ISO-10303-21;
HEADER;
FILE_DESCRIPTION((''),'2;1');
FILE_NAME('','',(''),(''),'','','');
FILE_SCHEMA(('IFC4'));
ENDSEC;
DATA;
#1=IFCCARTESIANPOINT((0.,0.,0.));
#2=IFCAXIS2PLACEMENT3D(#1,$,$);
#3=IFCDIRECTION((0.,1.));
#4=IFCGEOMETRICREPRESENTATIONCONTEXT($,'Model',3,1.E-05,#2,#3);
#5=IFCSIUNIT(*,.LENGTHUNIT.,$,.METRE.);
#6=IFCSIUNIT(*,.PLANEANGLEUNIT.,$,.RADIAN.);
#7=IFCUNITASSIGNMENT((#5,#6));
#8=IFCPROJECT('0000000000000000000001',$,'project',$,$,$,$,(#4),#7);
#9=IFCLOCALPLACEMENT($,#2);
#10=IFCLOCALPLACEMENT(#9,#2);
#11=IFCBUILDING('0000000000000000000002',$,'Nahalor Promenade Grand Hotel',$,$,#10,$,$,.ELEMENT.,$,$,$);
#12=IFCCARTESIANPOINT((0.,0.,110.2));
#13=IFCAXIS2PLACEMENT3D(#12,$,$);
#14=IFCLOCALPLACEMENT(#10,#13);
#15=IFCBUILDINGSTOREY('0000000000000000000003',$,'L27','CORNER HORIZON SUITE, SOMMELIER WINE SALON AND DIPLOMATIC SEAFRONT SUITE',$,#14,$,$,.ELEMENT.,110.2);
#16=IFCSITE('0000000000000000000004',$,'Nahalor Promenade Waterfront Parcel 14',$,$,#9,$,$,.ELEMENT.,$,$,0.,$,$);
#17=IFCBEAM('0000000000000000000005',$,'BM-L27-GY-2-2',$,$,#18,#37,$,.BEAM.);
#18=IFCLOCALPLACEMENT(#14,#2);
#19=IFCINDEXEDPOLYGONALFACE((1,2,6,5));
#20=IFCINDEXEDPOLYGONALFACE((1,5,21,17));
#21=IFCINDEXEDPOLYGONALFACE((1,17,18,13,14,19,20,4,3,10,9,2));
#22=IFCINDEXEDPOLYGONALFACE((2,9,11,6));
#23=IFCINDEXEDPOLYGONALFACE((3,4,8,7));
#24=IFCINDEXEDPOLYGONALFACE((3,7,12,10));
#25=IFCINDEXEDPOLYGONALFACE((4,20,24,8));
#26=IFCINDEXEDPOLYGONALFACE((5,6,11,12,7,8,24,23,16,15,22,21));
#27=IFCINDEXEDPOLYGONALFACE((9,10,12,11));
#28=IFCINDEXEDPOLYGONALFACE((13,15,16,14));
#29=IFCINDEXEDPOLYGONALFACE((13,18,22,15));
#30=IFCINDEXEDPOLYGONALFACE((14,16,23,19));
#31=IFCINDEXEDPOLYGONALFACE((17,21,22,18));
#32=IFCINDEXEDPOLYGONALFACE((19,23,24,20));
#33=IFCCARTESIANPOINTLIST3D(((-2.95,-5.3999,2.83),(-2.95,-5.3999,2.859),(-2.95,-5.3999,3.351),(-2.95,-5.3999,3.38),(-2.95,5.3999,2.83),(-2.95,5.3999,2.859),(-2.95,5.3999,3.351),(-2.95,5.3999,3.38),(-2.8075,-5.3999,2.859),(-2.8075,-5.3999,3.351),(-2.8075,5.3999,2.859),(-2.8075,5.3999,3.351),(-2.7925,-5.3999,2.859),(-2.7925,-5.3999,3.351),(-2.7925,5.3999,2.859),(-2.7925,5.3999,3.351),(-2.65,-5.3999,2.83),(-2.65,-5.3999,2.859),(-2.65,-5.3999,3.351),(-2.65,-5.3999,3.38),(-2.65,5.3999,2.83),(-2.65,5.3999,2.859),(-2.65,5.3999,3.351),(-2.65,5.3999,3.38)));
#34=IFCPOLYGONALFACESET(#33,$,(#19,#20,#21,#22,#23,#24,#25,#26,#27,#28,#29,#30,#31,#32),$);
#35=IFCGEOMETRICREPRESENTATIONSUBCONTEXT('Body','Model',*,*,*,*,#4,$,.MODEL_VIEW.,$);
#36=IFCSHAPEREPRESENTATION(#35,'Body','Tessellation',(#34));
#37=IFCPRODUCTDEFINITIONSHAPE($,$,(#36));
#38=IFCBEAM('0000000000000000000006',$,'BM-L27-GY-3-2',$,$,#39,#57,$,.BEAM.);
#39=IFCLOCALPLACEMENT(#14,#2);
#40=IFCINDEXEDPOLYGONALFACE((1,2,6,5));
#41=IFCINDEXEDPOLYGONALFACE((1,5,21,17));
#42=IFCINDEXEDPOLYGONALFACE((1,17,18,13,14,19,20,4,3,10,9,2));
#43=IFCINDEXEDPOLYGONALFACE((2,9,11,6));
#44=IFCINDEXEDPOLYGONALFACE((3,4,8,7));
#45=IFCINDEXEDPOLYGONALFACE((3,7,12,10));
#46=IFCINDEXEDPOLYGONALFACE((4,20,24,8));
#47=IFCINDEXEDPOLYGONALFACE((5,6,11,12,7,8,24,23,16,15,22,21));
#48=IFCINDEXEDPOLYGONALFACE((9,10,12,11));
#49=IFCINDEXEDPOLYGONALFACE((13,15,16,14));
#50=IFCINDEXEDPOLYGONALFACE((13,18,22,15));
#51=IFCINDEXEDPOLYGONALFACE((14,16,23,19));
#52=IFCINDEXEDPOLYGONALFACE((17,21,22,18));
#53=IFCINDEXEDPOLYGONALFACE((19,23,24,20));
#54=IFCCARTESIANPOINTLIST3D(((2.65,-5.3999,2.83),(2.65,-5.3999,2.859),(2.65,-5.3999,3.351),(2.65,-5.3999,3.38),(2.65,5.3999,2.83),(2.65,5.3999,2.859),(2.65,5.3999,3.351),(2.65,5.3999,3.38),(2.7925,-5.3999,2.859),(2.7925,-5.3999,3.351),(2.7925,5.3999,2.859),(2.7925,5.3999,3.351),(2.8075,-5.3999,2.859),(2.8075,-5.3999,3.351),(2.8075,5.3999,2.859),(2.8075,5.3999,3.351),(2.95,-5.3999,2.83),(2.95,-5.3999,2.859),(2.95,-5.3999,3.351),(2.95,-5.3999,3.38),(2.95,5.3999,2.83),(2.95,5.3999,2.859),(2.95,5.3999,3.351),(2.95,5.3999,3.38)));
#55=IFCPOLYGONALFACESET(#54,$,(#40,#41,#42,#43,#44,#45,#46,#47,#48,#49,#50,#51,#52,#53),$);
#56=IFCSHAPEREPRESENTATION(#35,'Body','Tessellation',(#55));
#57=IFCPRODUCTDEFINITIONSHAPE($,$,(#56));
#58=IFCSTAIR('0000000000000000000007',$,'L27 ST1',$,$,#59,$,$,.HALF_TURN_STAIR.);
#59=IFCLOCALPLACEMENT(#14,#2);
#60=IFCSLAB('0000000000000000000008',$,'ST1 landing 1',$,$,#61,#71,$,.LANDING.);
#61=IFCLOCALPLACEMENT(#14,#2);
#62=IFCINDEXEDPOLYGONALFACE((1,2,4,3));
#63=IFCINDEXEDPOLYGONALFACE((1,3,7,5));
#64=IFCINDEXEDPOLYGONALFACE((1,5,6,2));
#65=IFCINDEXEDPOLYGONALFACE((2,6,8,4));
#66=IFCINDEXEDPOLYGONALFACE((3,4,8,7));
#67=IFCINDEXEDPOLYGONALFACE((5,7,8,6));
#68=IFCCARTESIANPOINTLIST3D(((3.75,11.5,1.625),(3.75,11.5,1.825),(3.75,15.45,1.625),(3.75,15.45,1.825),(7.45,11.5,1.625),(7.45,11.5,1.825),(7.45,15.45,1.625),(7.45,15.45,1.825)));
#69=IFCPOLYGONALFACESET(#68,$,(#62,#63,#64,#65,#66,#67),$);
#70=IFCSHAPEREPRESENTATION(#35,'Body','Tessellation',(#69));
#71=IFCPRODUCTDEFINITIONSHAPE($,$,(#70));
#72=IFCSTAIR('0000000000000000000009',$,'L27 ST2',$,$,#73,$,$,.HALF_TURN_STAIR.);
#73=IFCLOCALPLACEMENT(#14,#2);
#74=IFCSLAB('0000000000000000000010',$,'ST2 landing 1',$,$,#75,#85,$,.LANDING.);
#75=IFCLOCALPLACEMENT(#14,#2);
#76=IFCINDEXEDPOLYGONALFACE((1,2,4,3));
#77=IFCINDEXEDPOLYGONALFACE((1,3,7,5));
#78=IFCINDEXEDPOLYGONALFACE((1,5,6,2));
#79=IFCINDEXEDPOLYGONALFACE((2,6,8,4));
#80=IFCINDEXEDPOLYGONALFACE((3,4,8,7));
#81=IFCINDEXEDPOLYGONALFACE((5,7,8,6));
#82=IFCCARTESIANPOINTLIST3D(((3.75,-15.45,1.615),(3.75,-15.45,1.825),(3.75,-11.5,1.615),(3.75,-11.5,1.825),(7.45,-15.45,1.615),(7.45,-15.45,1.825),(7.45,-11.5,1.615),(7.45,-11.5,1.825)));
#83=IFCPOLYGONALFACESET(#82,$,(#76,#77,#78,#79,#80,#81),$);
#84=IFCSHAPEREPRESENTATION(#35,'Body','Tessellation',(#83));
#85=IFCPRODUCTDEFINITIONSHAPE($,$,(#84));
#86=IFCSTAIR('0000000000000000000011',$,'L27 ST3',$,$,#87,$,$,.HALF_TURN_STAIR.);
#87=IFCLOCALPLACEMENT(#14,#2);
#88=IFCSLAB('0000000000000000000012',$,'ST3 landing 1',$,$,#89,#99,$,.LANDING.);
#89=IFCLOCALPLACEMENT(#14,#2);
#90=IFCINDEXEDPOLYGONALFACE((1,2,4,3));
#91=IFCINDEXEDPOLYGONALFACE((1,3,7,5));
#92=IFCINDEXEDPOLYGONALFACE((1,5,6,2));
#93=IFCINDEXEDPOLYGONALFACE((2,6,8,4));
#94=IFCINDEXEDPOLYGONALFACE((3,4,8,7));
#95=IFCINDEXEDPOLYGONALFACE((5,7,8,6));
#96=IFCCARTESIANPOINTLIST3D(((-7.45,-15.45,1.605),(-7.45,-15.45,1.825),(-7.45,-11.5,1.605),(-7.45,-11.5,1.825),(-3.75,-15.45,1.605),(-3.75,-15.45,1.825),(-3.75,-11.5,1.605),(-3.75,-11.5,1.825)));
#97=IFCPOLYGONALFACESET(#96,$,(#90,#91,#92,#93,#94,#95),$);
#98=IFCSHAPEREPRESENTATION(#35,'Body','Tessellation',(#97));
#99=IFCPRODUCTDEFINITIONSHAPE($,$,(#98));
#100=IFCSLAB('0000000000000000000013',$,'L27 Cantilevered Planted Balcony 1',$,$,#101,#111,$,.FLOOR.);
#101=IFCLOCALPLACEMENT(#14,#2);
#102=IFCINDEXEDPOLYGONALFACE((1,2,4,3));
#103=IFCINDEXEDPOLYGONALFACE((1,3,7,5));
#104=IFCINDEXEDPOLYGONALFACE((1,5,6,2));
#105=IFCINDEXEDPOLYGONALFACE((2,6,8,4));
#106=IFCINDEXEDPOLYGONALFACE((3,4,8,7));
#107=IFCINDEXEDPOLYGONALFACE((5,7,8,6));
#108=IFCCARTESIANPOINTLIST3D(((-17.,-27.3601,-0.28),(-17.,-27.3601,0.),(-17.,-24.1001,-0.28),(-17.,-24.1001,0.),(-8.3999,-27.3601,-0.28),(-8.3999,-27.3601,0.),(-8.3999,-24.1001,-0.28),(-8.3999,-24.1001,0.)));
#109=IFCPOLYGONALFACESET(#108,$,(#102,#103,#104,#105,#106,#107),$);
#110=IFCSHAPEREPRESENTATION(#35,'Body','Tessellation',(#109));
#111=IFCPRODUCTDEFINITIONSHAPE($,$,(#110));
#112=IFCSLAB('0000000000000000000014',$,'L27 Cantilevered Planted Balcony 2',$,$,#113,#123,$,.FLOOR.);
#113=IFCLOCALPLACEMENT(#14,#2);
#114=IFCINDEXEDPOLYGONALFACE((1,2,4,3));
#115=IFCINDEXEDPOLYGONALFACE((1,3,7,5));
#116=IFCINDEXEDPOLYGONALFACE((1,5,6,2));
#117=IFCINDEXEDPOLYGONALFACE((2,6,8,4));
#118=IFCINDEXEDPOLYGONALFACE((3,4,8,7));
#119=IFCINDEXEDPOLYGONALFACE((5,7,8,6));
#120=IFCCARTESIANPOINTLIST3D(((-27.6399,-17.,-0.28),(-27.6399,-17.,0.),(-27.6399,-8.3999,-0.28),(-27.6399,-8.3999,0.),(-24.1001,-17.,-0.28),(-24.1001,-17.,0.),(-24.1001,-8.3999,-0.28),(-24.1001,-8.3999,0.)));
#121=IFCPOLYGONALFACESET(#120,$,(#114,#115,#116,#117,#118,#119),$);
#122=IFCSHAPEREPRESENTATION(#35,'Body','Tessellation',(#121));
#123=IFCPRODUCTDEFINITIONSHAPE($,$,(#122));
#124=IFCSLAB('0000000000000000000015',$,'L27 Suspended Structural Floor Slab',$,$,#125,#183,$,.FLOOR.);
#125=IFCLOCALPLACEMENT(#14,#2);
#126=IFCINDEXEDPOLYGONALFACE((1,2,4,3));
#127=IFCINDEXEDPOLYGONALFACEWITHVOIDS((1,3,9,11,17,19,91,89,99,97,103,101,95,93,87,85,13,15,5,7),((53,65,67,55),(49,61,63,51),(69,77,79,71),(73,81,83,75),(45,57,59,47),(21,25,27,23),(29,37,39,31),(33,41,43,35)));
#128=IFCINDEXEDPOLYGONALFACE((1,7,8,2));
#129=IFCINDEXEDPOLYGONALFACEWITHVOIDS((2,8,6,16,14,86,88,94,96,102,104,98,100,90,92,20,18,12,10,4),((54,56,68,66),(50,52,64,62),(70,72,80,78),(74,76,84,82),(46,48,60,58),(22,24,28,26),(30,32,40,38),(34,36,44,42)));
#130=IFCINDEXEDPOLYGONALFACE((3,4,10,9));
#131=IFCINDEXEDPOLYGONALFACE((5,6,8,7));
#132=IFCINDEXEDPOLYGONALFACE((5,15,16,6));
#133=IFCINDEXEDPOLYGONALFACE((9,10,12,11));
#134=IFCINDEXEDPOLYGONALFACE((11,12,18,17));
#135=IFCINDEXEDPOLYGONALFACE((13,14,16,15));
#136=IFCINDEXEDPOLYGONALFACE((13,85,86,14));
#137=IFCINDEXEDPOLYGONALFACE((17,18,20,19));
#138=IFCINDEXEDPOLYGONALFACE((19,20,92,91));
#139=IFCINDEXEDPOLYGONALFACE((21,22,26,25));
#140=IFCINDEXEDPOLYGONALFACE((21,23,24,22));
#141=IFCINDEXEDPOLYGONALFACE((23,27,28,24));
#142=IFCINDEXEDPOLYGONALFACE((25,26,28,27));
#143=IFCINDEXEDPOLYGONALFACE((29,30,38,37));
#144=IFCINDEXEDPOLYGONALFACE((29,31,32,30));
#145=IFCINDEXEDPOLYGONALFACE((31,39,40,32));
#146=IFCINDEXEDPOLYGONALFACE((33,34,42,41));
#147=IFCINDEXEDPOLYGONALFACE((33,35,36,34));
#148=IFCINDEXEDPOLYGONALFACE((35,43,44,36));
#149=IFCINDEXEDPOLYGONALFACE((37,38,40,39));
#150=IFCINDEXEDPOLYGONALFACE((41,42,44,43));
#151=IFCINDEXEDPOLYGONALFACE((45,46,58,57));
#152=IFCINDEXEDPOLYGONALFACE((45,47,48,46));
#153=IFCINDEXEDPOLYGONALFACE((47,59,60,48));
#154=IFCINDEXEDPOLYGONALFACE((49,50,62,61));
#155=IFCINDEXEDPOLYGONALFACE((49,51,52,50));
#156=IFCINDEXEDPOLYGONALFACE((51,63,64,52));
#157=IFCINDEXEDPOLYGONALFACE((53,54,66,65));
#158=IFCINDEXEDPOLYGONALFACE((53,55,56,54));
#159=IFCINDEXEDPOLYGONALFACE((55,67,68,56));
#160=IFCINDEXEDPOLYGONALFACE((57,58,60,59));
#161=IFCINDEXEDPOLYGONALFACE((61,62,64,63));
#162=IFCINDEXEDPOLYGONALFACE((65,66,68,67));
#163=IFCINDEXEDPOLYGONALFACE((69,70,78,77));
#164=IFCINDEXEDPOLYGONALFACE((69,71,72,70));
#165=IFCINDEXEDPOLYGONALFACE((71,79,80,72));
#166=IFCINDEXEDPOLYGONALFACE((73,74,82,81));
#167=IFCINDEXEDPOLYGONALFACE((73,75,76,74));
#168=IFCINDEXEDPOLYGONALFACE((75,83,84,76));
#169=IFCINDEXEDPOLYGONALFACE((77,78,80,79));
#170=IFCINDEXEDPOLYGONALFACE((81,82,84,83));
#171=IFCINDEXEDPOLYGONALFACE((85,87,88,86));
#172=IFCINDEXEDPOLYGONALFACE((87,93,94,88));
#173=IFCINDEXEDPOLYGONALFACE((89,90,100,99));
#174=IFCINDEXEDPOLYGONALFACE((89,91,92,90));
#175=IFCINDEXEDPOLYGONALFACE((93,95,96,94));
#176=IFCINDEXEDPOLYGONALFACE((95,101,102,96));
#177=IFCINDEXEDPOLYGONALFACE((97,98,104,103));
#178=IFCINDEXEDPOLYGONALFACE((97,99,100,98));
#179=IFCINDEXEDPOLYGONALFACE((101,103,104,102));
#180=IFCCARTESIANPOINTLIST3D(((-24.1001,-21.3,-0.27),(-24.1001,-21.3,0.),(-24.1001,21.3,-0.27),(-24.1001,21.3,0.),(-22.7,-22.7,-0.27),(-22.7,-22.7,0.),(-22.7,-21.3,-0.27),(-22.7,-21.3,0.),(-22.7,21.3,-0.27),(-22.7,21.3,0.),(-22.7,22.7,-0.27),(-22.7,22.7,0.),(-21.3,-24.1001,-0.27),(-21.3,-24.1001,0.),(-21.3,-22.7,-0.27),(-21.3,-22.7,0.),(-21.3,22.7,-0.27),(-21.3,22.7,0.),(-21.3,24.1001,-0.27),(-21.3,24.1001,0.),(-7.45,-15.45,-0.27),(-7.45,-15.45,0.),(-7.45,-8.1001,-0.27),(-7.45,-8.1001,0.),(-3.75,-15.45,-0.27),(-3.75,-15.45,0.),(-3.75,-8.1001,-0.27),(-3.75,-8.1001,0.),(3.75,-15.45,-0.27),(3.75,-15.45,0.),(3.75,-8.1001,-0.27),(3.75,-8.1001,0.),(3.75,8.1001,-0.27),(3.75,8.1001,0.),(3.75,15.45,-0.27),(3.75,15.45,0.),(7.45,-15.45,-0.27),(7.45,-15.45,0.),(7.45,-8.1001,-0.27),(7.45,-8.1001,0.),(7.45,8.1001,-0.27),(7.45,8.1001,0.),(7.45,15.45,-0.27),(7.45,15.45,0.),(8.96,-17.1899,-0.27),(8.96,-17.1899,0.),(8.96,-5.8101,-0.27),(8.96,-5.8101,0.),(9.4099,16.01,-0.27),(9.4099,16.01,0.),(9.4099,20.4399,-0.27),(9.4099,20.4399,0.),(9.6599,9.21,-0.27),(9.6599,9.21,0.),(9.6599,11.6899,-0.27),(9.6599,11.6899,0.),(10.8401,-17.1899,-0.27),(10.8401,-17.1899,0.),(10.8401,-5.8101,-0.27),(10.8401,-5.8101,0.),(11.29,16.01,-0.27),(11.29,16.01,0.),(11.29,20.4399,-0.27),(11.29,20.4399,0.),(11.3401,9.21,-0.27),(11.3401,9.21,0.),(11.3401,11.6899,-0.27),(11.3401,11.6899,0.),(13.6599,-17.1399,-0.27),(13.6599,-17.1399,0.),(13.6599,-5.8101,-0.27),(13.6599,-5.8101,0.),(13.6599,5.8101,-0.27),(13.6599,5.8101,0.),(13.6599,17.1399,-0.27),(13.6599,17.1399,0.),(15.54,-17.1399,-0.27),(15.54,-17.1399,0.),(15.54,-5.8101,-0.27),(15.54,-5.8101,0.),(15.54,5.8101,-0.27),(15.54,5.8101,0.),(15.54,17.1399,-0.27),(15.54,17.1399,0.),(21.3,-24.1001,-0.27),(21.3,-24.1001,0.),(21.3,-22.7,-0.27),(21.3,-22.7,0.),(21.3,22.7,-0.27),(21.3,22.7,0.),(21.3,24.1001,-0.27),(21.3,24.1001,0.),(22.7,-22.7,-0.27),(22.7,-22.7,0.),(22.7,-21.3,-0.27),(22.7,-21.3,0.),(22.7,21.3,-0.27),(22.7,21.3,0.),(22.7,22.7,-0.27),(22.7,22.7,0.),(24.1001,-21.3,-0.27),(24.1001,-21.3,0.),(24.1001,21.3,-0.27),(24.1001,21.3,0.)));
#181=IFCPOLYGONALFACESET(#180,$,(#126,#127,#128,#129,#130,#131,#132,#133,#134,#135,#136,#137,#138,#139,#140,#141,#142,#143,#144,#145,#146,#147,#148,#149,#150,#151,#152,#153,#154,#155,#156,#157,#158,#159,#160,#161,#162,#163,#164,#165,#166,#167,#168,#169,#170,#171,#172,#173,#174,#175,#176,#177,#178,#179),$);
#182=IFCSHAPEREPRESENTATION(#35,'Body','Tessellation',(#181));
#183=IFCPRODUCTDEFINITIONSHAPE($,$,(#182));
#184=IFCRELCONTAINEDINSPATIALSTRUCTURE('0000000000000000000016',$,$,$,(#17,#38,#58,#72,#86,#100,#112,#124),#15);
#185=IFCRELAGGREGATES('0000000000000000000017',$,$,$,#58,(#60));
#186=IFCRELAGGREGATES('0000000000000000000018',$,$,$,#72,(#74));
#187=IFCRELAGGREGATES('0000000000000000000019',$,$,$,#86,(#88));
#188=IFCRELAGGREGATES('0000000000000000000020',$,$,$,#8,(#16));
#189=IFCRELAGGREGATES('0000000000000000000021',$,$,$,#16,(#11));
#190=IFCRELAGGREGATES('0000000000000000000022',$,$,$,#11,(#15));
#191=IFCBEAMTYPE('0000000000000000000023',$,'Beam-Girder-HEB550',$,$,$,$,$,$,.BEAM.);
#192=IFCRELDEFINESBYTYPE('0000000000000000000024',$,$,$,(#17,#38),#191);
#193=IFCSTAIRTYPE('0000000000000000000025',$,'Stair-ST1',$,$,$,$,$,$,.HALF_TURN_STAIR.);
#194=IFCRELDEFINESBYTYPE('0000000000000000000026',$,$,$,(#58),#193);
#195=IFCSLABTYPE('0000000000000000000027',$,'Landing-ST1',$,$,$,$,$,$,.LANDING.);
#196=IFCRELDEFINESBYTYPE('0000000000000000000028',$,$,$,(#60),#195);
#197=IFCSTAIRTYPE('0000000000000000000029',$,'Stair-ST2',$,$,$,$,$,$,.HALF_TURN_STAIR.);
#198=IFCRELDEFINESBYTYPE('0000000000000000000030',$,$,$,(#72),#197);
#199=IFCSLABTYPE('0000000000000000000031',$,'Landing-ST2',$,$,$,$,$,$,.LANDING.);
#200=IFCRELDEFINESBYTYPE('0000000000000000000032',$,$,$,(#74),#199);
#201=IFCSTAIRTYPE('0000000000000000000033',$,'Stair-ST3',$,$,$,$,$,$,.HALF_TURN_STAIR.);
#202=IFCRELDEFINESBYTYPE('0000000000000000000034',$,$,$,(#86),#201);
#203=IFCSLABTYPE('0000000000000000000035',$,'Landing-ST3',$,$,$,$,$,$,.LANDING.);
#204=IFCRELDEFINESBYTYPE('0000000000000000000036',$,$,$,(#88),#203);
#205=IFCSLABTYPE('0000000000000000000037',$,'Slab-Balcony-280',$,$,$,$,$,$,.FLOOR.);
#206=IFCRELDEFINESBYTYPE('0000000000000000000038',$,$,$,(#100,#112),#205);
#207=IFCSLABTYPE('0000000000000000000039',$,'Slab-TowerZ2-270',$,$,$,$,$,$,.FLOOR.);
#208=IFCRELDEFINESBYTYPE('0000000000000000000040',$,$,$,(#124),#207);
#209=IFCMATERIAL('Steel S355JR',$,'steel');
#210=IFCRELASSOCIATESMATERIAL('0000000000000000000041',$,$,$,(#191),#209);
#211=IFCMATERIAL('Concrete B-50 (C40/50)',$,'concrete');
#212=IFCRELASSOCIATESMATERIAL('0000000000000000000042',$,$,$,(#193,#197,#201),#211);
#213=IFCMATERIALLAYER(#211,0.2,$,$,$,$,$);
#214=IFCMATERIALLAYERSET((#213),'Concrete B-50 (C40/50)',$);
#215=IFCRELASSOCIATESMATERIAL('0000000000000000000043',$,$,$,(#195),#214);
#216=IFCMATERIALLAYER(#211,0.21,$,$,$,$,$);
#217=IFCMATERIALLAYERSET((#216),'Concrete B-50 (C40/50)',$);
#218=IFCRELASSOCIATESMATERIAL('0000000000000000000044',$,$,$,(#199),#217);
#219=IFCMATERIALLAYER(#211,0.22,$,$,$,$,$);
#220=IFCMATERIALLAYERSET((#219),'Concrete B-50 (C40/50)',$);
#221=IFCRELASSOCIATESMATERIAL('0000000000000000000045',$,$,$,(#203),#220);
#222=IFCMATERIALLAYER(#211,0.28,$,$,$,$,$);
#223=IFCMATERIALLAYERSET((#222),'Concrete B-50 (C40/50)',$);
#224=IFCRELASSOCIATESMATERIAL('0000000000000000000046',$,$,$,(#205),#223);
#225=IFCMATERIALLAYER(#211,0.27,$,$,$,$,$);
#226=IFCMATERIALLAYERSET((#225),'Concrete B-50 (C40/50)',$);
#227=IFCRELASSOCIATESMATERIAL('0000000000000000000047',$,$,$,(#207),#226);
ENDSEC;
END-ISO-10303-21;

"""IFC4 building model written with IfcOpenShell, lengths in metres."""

from ifc_helpers import new_model, si_unit, direction, frame, origin, origin_2d, place, context, subcontext, project, spatial, polyline, i_section, outline, extrude, source, transform, mapped, material, layer, layer_set, material_profile, profile_set, type_object, element, aggregate, save


model = new_model("IFC4")

# Units and contexts
model_context = context("Model", 3, precision=1e-05, world=origin(), true_north=direction((0.0, 1.0)))
body_context = subcontext(model_context, "Body", "Model", "MODEL_VIEW")
ifc_project = project(units=[si_unit("LENGTHUNIT", "METRE"), si_unit("PLANEANGLEUNIT", "RADIAN")], contexts=[model_context])

# Site, building, storey
site_placement = place(None, origin())
site = spatial("IfcSite", under=ifc_project, at=site_placement, Name="Nahalor Promenade Waterfront Parcel 14", CompositionType="ELEMENT", RefElevation=0.0)
building_placement = place(site_placement, origin())
building = spatial("IfcBuilding", under=site, at=building_placement, Name="Nahalor Promenade Grand Hotel", CompositionType="ELEMENT")
storey_placement = place(building_placement, frame((0.0, 0.0, 110.2)))
storey = spatial("IfcBuildingStorey", under=building, at=storey_placement, Name="L27", Description="CORNER HORIZON SUITE, SOMMELIER WINE SALON AND DIPLOMATIC SEAFRONT SUITE", CompositionType="ELEMENT", Elevation=110.2)

# Beams
ifc_material_1 = material(Name="Steel S355JR", Category="steel")
ifc_material_profile_1 = material_profile(ifc_material_1, i_section(OverallWidth=0.3, OverallDepth=0.55, WebThickness=0.015, FlangeThickness=0.029, at=origin_2d()), Name="HEB 550")
ifc_profile_set_1 = profile_set([ifc_material_profile_1], Name="Steel S355JR")
beam_type = type_object("IfcBeamType", Name="Beam-Girder-HEB550", PredefinedType="BEAM", material=ifc_profile_set_1)
shared_shape_1 = source(origin(), body_context, "Body", "SweptSolid", [
    extrude(i_section(OverallWidth=0.3, OverallDepth=0.55, WebThickness=0.015, FlangeThickness=0.029, at=origin_2d()), origin(), (0.0, 0.0, 1.0), 10.7998),
])
for number, where, z_axis, x_axis, name in (
    (1, (-2.8, -5.3999, 3.105), (0.0, 1.0, 0.0), (-1.0, 0.0, 0.0), "BM-L27-GY-2-2"),
    (2, (2.8, -5.3999, 3.105), (0.0, 1.0, 0.0), (-1.0, 0.0, 0.0), "BM-L27-GY-3-2"),
):
    element("IfcBeam", number, at=place(storey_placement, frame(where, z_axis=z_axis, x_axis=x_axis)), inside=storey, type_object=beam_type, Name=name, PredefinedType="BEAM", context=body_context, shape_type="MappedRepresentation", body=[
        mapped(shared_shape_1, transform((0.0, 0.0, 0.0), scale=1.0)),
    ])

# Stairs, slabs
ifc_material_2 = material(Name="Concrete B-50 (C40/50)", Category="concrete")
stair_type_1 = type_object("IfcStairType", Name="Stair-ST1", PredefinedType="HALF_TURN_STAIR", material=ifc_material_2)
stair_1_placement = place(storey_placement, origin())
stair_1 = element("IfcStair", 3, at=stair_1_placement, inside=storey, type_object=stair_type_1, Name="L27 ST1", PredefinedType="HALF_TURN_STAIR")
ifc_layer_1 = layer(ifc_material_2, 0.2)
ifc_layer_set_1 = layer_set([ifc_layer_1], Name="Concrete B-50 (C40/50)")
slab_type_1 = type_object("IfcSlabType", Name="Landing-ST1", PredefinedType="LANDING", material=ifc_layer_set_1)
slab_1_placement = place(storey_placement, frame((0.0, 0.0, 1.625)))
slab_1 = element("IfcSlab", 4, at=slab_1_placement, type_object=slab_type_1, Name="ST1 landing 1", PredefinedType="LANDING", context=body_context, shape_type="SweptSolid", body=[
    extrude(outline(polyline([(7.45, 11.5), (7.45, 15.45), (3.75, 15.45), (3.75, 11.5), (7.45, 11.5)])), origin(), (0.0, 0.0, 1.0), 0.2),
])
aggregate(stair_1, [slab_1])
stair_type_2 = type_object("IfcStairType", Name="Stair-ST2", PredefinedType="HALF_TURN_STAIR", material=ifc_material_2)
stair_2_placement = place(storey_placement, origin())
stair_2 = element("IfcStair", 5, at=stair_2_placement, inside=storey, type_object=stair_type_2, Name="L27 ST2", PredefinedType="HALF_TURN_STAIR")
ifc_layer_2 = layer(ifc_material_2, 0.21)
ifc_layer_set_2 = layer_set([ifc_layer_2], Name="Concrete B-50 (C40/50)")
slab_type_2 = type_object("IfcSlabType", Name="Landing-ST2", PredefinedType="LANDING", material=ifc_layer_set_2)
slab_2_placement = place(storey_placement, frame((0.0, 0.0, 1.615)))
slab_2 = element("IfcSlab", 6, at=slab_2_placement, type_object=slab_type_2, Name="ST2 landing 1", PredefinedType="LANDING", context=body_context, shape_type="SweptSolid", body=[
    extrude(outline(polyline([(3.75, -11.5), (3.75, -15.45), (7.45, -15.45), (7.45, -11.5), (3.75, -11.5)])), origin(), (0.0, 0.0, 1.0), 0.21),
])
aggregate(stair_2, [slab_2])
stair_type_3 = type_object("IfcStairType", Name="Stair-ST3", PredefinedType="HALF_TURN_STAIR", material=ifc_material_2)
stair_3_placement = place(storey_placement, origin())
stair_3 = element("IfcStair", 7, at=stair_3_placement, inside=storey, type_object=stair_type_3, Name="L27 ST3", PredefinedType="HALF_TURN_STAIR")
ifc_layer_3 = layer(ifc_material_2, 0.22)
ifc_layer_set_3 = layer_set([ifc_layer_3], Name="Concrete B-50 (C40/50)")
slab_type_3 = type_object("IfcSlabType", Name="Landing-ST3", PredefinedType="LANDING", material=ifc_layer_set_3)
slab_3_placement = place(storey_placement, frame((0.0, 0.0, 1.605)))
slab_3 = element("IfcSlab", 8, at=slab_3_placement, type_object=slab_type_3, Name="ST3 landing 1", PredefinedType="LANDING", context=body_context, shape_type="SweptSolid", body=[
    extrude(outline(polyline([(-7.45, -11.5), (-7.45, -15.45), (-3.75, -15.45), (-3.75, -11.5), (-7.45, -11.5)])), origin(), (0.0, 0.0, 1.0), 0.22),
])
aggregate(stair_3, [slab_3])

# Slabs
ifc_layer_4 = layer(ifc_material_2, 0.28)
ifc_layer_set_4 = layer_set([ifc_layer_4], Name="Concrete B-50 (C40/50)")
slab_type_4 = type_object("IfcSlabType", Name="Slab-Balcony-280", PredefinedType="FLOOR", material=ifc_layer_set_4)
slab_4_placement = place(storey_placement, frame((0.0, 0.0, -0.28)))
element("IfcSlab", 9, at=slab_4_placement, inside=storey, type_object=slab_type_4, Name="L27 Cantilevered Planted Balcony 1", PredefinedType="FLOOR", context=body_context, shape_type="SweptSolid", body=[
    extrude(outline(polyline([(-17.0, -27.3601), (-8.3999, -27.3601), (-8.3999, -24.1001), (-17.0, -24.1001), (-17.0, -27.3601)])), origin(), (0.0, 0.0, 1.0), 0.28),
])
slab_5_placement = place(storey_placement, frame((0.0, 0.0, -0.28)))
element("IfcSlab", 10, at=slab_5_placement, inside=storey, type_object=slab_type_4, Name="L27 Cantilevered Planted Balcony 2", PredefinedType="FLOOR", context=body_context, shape_type="SweptSolid", body=[
    extrude(outline(polyline([(-27.6399, -17.0), (-24.1001, -17.0), (-24.1001, -8.3999), (-27.6399, -8.3999), (-27.6399, -17.0)])), origin(), (0.0, 0.0, 1.0), 0.28),
])
ifc_layer_5 = layer(ifc_material_2, 0.27)
ifc_layer_set_5 = layer_set([ifc_layer_5], Name="Concrete B-50 (C40/50)")
slab_type_5 = type_object("IfcSlabType", Name="Slab-TowerZ2-270", PredefinedType="FLOOR", material=ifc_layer_set_5)
slab_6_placement = place(storey_placement, frame((0.0, 0.0, -0.27)))
element("IfcSlab", 11, at=slab_6_placement, inside=storey, type_object=slab_type_5, Name="L27 Suspended Structural Floor Slab", PredefinedType="FLOOR", context=body_context, shape_type="SweptSolid", body=[
    extrude(outline(polyline([(-21.3, -24.1001), (21.3, -24.1001), (21.3, -22.7), (22.7, -22.7), (22.7, -21.3), (24.1001, -21.3), (24.1001, 21.3), (22.7, 21.3), (22.7, 22.7), (21.3, 22.7), (21.3, 24.1001), (-21.3, 24.1001), (-21.3, 22.7), (-22.7, 22.7), (-22.7, 21.3), (-24.1001, 21.3), (-24.1001, -21.3), (-22.7, -21.3), (-22.7, -22.7), (-21.3, -22.7), (-21.3, -24.1001)]), holes=[polyline([(3.75, 8.1001), (7.45, 8.1001), (7.45, 15.45), (3.75, 15.45), (3.75, 8.1001)]), polyline([(3.75, -15.45), (7.45, -15.45), (7.45, -8.1001), (3.75, -8.1001), (3.75, -15.45)]), polyline([(-7.45, -15.45), (-3.75, -15.45), (-3.75, -8.1001), (-7.45, -8.1001), (-7.45, -15.45)]), polyline([(13.6599, 5.8101), (15.54, 5.8101), (15.54, 17.1399), (13.6599, 17.1399), (13.6599, 5.8101)]), polyline([(13.6599, -17.1399), (15.54, -17.1399), (15.54, -5.8101), (13.6599, -5.8101), (13.6599, -17.1399)]), polyline([(8.96, -17.1899), (10.8401, -17.1899), (10.8401, -5.8101), (8.96, -5.8101), (8.96, -17.1899)]), polyline([(9.4099, 16.01), (11.29, 16.01), (11.29, 20.4399), (9.4099, 20.4399), (9.4099, 16.01)]), polyline([(9.6599, 9.21), (11.3401, 9.21), (11.3401, 11.6899), (9.6599, 11.6899), (9.6599, 9.21)])]), origin(), (0.0, 0.0, 1.0), 0.27),
])

save(model, "model.ifc")
